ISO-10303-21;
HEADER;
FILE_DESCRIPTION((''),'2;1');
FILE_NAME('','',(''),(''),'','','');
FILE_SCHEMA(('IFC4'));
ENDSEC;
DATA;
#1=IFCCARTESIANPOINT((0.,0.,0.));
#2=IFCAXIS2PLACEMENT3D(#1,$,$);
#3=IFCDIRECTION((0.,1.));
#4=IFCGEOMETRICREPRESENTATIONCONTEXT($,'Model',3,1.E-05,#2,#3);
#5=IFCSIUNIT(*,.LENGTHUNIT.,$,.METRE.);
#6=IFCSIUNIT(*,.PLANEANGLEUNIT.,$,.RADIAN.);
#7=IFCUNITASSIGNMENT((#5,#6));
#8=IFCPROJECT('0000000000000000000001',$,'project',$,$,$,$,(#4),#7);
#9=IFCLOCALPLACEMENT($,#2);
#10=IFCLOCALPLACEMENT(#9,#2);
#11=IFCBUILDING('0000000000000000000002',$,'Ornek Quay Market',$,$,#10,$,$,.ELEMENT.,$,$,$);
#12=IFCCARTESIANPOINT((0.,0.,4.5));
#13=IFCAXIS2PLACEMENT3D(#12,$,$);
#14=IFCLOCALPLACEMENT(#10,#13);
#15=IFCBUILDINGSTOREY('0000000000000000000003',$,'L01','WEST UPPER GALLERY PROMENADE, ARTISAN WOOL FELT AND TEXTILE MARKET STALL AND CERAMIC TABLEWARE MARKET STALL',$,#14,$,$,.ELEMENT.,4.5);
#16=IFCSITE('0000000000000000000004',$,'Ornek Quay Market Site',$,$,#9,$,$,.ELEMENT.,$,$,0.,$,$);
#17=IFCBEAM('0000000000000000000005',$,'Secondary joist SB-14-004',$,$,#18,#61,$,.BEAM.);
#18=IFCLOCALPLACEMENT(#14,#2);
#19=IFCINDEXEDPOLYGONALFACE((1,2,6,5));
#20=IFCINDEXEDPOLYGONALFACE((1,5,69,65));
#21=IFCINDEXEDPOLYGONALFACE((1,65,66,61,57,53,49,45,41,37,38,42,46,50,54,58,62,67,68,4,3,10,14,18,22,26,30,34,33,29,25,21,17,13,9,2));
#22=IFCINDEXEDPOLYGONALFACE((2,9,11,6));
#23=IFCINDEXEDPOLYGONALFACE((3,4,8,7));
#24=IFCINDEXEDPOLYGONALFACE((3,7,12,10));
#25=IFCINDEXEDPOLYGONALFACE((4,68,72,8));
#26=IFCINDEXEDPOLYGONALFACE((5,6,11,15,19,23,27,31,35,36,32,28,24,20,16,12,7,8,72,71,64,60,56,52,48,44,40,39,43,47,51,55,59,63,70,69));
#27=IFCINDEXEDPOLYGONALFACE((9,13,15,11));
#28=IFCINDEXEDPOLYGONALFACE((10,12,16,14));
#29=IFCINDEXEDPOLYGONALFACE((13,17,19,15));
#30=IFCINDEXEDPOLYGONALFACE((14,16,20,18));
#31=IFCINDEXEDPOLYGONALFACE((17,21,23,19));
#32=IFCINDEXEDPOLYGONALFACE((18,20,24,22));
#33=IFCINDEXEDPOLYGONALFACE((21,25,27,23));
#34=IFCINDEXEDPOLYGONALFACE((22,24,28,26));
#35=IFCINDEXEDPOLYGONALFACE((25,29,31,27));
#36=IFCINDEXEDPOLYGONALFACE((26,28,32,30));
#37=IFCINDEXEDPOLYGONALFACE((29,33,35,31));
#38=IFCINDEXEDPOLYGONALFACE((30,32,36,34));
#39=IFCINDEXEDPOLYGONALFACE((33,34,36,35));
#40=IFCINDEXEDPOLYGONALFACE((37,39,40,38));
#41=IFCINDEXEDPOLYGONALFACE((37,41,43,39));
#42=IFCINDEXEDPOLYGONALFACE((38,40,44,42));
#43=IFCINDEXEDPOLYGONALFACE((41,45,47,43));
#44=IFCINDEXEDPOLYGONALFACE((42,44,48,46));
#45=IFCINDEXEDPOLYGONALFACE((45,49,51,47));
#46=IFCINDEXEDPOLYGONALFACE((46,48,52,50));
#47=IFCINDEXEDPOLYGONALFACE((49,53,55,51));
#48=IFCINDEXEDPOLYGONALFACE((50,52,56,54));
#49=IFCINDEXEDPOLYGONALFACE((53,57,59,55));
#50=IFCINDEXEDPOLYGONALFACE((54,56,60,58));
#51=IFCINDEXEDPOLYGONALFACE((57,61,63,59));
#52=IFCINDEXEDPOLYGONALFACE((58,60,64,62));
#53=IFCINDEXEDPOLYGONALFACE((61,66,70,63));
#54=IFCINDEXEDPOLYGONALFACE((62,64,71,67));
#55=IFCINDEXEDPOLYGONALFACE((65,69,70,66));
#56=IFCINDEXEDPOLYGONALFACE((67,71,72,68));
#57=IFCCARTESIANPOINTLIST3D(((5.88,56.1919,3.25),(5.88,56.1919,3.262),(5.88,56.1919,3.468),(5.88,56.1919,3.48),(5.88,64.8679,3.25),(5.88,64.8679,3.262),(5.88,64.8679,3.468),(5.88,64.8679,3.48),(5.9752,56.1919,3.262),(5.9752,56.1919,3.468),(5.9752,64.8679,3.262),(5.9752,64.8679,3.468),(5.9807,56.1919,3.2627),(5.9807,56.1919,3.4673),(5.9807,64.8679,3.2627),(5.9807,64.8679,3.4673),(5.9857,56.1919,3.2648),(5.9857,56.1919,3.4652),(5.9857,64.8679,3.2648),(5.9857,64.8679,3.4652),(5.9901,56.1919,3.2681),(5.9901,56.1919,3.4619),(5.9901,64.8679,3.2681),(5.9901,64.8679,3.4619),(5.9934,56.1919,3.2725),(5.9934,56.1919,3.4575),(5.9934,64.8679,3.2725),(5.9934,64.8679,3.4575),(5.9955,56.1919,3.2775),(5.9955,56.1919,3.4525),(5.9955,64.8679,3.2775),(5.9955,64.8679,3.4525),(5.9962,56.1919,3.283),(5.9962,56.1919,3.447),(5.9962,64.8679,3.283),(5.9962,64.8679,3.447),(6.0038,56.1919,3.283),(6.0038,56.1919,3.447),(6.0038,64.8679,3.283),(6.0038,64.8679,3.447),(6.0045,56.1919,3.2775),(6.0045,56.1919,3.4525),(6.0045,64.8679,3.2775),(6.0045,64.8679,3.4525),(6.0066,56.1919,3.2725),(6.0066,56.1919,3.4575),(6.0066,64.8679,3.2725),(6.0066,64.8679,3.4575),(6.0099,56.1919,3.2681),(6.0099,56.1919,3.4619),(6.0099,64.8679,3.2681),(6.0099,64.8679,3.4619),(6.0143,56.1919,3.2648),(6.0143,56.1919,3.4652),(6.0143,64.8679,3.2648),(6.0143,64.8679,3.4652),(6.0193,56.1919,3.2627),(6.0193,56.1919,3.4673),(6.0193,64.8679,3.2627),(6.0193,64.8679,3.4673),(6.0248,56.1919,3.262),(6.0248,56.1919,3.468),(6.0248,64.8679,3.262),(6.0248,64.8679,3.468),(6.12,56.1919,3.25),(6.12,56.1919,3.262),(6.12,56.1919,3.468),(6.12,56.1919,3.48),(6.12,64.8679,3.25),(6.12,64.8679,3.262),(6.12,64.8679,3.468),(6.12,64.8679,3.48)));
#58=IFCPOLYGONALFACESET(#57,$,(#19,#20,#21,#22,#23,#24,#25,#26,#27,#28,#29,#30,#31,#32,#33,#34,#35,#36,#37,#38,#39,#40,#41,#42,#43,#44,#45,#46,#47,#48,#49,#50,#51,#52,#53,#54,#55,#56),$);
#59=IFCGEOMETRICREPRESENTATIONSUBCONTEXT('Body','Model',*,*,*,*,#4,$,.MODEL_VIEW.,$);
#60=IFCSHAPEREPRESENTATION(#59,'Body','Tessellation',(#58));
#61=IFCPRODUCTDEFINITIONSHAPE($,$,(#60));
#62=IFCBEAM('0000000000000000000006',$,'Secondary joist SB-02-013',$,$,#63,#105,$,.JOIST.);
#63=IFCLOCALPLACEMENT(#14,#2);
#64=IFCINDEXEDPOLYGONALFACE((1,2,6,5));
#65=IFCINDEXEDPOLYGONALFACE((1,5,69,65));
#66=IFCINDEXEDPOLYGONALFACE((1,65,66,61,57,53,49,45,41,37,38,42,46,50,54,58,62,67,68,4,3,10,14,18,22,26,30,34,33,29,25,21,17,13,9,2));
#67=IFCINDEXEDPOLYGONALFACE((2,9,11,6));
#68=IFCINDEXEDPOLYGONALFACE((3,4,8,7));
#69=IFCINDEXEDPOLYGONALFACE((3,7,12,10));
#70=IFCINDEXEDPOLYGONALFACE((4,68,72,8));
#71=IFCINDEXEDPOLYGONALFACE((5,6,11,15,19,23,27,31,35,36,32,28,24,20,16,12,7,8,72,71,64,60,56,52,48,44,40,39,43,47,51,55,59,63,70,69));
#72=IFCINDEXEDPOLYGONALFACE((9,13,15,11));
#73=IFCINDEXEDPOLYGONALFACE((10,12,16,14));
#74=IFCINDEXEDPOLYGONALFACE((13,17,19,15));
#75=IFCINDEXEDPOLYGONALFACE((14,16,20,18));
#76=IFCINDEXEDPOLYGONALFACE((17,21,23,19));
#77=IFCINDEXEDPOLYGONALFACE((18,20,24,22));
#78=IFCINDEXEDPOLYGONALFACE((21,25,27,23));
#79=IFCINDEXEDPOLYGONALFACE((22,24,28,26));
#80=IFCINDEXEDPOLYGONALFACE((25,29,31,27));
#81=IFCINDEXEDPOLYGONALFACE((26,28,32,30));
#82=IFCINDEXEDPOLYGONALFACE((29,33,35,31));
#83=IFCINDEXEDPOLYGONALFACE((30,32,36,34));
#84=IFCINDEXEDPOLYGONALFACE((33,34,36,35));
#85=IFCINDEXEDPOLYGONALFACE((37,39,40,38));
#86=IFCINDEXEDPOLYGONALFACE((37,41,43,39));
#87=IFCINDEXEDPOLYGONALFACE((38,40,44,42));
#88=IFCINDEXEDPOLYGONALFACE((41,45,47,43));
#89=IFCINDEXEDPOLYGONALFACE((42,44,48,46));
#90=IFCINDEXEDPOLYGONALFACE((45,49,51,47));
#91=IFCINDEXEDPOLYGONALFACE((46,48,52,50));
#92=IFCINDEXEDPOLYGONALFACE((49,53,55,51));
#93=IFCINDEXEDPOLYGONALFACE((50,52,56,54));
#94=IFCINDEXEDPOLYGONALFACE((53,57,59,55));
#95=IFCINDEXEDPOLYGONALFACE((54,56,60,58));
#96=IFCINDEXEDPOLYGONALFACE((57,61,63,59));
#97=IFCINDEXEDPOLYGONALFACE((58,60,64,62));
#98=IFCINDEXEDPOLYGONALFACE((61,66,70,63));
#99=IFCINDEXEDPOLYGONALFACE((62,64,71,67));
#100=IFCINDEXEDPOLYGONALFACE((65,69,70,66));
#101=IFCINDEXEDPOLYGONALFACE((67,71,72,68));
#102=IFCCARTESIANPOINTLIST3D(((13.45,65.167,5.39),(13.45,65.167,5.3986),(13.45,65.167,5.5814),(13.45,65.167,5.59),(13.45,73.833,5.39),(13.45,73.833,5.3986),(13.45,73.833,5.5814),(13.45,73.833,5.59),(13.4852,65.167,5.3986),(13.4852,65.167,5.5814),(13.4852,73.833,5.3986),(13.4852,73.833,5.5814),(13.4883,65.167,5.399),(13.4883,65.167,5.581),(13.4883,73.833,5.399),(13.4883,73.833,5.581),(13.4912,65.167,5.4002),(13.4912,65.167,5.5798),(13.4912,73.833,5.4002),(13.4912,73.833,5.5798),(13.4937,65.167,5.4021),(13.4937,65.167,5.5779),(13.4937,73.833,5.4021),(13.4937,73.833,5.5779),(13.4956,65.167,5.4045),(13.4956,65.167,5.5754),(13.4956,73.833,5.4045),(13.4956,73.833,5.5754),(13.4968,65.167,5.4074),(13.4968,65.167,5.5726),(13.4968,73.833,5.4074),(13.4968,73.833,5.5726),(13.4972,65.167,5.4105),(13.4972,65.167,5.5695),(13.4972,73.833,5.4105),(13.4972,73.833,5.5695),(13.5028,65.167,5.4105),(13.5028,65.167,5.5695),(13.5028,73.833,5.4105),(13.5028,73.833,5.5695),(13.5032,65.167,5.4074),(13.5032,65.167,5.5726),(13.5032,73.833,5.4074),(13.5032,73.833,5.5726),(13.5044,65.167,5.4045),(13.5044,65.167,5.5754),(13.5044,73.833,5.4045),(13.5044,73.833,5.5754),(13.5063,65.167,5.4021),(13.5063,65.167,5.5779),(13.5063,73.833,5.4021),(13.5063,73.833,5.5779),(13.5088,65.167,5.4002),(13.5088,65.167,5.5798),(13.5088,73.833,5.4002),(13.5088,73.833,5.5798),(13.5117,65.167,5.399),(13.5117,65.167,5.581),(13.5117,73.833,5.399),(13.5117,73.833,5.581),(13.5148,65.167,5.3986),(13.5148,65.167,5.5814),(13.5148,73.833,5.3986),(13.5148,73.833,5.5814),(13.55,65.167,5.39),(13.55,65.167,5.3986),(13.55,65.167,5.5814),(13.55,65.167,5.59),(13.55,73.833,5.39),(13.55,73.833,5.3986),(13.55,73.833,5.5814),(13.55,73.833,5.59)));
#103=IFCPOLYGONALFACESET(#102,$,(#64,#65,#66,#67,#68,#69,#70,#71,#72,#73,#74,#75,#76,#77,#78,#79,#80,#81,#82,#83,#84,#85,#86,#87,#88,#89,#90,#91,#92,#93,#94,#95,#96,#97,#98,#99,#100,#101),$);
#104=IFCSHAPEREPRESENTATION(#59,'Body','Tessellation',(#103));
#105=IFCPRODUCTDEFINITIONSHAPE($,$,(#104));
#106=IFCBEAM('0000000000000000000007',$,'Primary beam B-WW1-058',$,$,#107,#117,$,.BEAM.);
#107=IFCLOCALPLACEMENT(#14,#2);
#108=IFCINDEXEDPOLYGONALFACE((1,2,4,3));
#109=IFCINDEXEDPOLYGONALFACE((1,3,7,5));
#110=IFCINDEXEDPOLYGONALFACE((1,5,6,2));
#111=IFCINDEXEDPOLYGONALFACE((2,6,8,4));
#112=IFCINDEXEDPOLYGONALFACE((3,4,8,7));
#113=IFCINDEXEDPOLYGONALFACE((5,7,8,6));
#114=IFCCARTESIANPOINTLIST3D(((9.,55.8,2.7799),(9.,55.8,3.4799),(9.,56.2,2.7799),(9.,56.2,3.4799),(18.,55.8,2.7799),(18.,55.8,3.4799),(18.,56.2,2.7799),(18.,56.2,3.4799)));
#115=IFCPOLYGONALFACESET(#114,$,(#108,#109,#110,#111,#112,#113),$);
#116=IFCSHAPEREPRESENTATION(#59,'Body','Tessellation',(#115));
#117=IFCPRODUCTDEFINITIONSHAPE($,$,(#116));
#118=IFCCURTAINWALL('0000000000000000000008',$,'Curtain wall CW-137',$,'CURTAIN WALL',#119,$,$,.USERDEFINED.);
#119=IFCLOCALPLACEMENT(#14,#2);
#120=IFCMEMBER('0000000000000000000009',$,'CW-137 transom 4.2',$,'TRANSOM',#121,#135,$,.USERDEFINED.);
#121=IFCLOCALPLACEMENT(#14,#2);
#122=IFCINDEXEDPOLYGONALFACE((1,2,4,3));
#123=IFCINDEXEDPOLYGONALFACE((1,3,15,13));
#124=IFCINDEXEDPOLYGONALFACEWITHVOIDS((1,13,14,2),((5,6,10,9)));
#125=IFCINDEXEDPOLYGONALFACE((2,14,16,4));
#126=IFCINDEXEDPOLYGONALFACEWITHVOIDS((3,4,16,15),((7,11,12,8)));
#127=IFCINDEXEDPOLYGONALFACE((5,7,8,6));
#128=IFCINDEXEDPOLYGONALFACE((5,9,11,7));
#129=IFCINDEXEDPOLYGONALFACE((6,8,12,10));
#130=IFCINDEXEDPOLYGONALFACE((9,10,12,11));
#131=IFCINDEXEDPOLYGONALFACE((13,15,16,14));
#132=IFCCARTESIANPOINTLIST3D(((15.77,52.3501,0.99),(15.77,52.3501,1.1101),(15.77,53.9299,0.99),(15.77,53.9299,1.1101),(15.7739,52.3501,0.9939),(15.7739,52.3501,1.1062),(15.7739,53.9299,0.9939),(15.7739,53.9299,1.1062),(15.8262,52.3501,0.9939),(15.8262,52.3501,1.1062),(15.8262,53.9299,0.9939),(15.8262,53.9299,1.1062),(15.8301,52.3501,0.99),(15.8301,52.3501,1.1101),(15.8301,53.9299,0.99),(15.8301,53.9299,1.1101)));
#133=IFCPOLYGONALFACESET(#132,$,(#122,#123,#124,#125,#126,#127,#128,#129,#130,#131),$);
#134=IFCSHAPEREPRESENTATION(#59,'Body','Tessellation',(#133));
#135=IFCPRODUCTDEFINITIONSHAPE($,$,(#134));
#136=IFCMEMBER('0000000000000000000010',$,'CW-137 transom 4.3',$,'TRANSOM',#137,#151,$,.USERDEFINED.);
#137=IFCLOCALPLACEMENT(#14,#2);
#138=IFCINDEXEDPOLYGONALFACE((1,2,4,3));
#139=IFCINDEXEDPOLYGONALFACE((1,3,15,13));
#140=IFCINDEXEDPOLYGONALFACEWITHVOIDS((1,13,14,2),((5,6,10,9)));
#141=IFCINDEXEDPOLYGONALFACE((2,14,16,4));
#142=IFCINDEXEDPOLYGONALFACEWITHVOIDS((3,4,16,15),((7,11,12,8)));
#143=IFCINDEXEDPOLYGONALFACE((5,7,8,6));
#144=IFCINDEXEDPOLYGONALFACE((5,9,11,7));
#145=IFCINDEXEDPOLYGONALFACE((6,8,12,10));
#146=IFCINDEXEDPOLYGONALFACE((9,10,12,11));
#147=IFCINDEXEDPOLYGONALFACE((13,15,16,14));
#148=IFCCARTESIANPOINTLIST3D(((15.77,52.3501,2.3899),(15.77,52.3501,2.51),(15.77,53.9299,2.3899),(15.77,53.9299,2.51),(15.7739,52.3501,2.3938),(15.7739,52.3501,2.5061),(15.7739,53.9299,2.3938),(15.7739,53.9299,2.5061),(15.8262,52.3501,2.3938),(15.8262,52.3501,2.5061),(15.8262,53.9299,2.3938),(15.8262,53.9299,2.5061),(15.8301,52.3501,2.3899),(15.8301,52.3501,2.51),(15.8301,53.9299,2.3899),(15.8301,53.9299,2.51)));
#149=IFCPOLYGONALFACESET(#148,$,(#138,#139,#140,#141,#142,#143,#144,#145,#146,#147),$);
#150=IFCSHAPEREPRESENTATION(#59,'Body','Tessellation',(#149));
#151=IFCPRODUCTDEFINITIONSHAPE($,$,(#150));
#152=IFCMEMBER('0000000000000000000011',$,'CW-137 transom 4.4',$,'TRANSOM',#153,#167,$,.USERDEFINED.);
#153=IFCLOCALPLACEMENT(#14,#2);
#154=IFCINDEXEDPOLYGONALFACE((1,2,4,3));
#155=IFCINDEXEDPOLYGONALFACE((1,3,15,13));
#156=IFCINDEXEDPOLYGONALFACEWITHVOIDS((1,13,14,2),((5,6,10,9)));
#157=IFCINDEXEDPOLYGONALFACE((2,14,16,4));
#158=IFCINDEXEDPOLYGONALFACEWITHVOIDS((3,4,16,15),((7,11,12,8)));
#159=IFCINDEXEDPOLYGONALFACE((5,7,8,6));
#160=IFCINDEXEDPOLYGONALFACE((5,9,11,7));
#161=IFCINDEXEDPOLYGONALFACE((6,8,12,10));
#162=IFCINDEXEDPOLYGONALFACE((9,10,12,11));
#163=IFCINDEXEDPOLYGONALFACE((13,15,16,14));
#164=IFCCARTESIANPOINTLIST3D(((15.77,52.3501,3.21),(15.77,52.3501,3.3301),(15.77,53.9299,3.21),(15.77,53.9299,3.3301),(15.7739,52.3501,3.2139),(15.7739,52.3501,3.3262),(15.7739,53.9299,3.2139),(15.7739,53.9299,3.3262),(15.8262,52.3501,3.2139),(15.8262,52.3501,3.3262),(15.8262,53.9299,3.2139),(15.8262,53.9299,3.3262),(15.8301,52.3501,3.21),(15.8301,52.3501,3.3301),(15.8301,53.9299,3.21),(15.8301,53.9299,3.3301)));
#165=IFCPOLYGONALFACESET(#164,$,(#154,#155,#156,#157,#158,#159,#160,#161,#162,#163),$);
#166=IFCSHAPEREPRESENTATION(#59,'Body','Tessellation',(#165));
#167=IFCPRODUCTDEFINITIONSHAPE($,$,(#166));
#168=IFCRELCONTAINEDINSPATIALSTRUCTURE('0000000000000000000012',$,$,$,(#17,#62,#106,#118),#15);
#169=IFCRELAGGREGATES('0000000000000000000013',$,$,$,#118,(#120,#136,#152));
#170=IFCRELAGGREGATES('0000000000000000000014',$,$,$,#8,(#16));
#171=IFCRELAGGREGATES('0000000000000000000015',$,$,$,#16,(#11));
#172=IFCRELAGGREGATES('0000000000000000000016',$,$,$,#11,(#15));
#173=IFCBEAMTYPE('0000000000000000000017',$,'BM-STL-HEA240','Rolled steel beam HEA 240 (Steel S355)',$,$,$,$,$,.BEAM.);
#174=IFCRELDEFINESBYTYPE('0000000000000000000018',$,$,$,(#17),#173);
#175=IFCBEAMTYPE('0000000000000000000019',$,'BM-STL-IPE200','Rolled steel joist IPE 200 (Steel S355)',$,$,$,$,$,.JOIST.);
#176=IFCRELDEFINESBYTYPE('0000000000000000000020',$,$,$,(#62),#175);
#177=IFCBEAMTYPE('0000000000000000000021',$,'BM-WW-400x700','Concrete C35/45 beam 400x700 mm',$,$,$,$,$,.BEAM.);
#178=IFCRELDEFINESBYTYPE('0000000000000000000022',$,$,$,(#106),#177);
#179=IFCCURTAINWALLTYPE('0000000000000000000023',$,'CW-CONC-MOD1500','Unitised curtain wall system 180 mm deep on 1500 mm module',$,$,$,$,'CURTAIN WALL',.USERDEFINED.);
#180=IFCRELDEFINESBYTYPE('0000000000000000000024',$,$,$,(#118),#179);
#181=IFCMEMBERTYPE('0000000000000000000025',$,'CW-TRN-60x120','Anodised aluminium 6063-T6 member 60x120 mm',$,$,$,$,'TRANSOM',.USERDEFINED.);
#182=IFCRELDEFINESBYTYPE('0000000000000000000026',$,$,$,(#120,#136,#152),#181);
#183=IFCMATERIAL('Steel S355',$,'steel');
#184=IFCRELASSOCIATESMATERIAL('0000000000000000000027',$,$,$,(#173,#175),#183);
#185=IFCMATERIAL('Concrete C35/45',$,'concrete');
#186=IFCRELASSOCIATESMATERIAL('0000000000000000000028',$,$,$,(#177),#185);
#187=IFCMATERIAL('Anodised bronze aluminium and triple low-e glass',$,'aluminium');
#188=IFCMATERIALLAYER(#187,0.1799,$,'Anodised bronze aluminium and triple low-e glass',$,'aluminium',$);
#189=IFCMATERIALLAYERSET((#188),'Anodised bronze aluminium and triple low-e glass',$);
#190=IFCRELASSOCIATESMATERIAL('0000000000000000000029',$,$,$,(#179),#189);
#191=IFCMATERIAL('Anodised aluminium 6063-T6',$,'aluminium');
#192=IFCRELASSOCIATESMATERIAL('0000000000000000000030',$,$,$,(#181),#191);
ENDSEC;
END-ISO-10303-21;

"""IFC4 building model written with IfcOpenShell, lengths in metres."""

from ifc_helpers import new_model, si_unit, direction, frame, origin, origin_2d, place, context, subcontext, project, spatial, rectangle, hollow_rectangle, i_section, extrude, material, layer, layer_set, material_profile, profile_set, type_object, element, aggregate, save


model = new_model("IFC4")

# Units and contexts
model_context = context("Model", 3, precision=1e-05, world=origin(), true_north=direction((0.0, 1.0)))
body_context = subcontext(model_context, "Body", "Model", "MODEL_VIEW")
ifc_project = project(units=[si_unit("LENGTHUNIT", "METRE"), si_unit("PLANEANGLEUNIT", "RADIAN")], contexts=[model_context])

# Site, building, storey
site_placement = place(None, origin())
site = spatial("IfcSite", under=ifc_project, at=site_placement, Name="Ornek Quay Market Site", CompositionType="ELEMENT", RefElevation=0.0)
building_placement = place(site_placement, origin())
building = spatial("IfcBuilding", under=site, at=building_placement, Name="Ornek Quay Market", CompositionType="ELEMENT")
storey_placement = place(building_placement, frame((0.0, 0.0, 4.5)))
storey = spatial("IfcBuildingStorey", under=building, at=storey_placement, Name="L01", Description="WEST UPPER GALLERY PROMENADE, ARTISAN WOOL FELT AND TEXTILE MARKET STALL AND CERAMIC TABLEWARE MARKET STALL", CompositionType="ELEMENT", Elevation=4.5)

# Beams
ifc_material_1 = material(Name="Concrete C35/45", Category="concrete")
ifc_material_2 = material(Name="Steel S355", Category="steel")
ifc_material_profile_1 = material_profile(ifc_material_2, i_section(OverallWidth=0.24, OverallDepth=0.23, WebThickness=0.0076, FlangeThickness=0.012, FilletRadius=0.021, at=origin_2d()), Name="HEA 240", Category="steel")
ifc_profile_set_1 = profile_set([ifc_material_profile_1], Name="Steel S355")
beam_type_1 = type_object("IfcBeamType", Name="BM-STL-HEA240", Description="Rolled steel beam HEA 240 (Steel S355)", PredefinedType="BEAM", material=ifc_profile_set_1)
for number, where, z_axis, x_axis, name in (
    (1, (6.0, 56.1919, 3.365), (0.0, 1.0, 0.0), (-1.0, 0.0, 0.0), "Secondary joist SB-14-004"),
):
    element("IfcBeam", number, at=place(storey_placement, frame(where, z_axis=z_axis, x_axis=x_axis)), inside=storey, type_object=beam_type_1, Name=name, PredefinedType="BEAM", context=body_context, shape_type="SweptSolid", body=[
        extrude(i_section(OverallWidth=0.24, OverallDepth=0.23, WebThickness=0.0076, FlangeThickness=0.012, FilletRadius=0.021, at=origin_2d()), origin(), (0.0, 0.0, 1.0), 8.676),
    ])
ifc_material_profile_2 = material_profile(ifc_material_2, i_section(OverallWidth=0.1001, OverallDepth=0.2, WebThickness=0.0056, FlangeThickness=0.0085, FilletRadius=0.012, at=origin_2d()), Name="IPE 200", Category="steel")
ifc_profile_set_2 = profile_set([ifc_material_profile_2], Name="Steel S355")
beam_type_2 = type_object("IfcBeamType", Name="BM-STL-IPE200", Description="Rolled steel joist IPE 200 (Steel S355)", PredefinedType="JOIST", material=ifc_profile_set_2)
beam_1_placement = place(storey_placement, frame((13.5, 65.167, 5.49), z_axis=(0.0, 1.0, 0.0), x_axis=(-1.0, 0.0, 0.0)))
element("IfcBeam", 2, at=beam_1_placement, inside=storey, type_object=beam_type_2, Name="Secondary joist SB-02-013", PredefinedType="JOIST", context=body_context, shape_type="SweptSolid", body=[
    extrude(i_section(OverallWidth=0.1001, OverallDepth=0.2, WebThickness=0.0056, FlangeThickness=0.0085, FilletRadius=0.012, at=origin_2d()), origin(), (0.0, 0.0, 1.0), 8.666),
])
ifc_material_profile_3 = material_profile(ifc_material_1, rectangle(XDim=0.3999, YDim=0.7, at=origin_2d()), Name="RC 400x700", Category="concrete")
ifc_profile_set_3 = profile_set([ifc_material_profile_3], Name="Concrete C35/45")
beam_type_3 = type_object("IfcBeamType", Name="BM-WW-400x700", Description="Concrete C35/45 beam 400x700 mm", PredefinedType="BEAM", material=ifc_profile_set_3)
beam_2_placement = place(storey_placement, frame((9.0, 56.0, 3.1299), z_axis=(1.0, 0.0, 0.0), x_axis=(0.0, 1.0, 0.0)))
element("IfcBeam", 3, at=beam_2_placement, inside=storey, type_object=beam_type_3, Name="Primary beam B-WW1-058", PredefinedType="BEAM", context=body_context, shape_type="SweptSolid", body=[
    extrude(rectangle(XDim=0.3999, YDim=0.7, at=origin_2d()), origin(), (0.0, 0.0, 1.0), 9.0),
])

# Curtain wall, members
ifc_material_3 = material(Name="Anodised bronze aluminium and triple low-e glass", Category="aluminium")
ifc_layer_1 = layer(ifc_material_3, 0.1799, Name="Anodised bronze aluminium and triple low-e glass", Category="aluminium")
ifc_layer_set_1 = layer_set([ifc_layer_1], Name="Anodised bronze aluminium and triple low-e glass")
curtain_wall_type = type_object("IfcCurtainWallType", Name="CW-CONC-MOD1500", Description="Unitised curtain wall system 180 mm deep on 1500 mm module", ElementType="CURTAIN WALL", PredefinedType="USERDEFINED", material=ifc_layer_set_1)
curtain_wall_placement = place(storey_placement, origin())
curtain_wall = element("IfcCurtainWall", 4, at=curtain_wall_placement, inside=storey, type_object=curtain_wall_type, Name="Curtain wall CW-137", ObjectType="CURTAIN WALL", PredefinedType="USERDEFINED")
ifc_material_4 = material(Name="Anodised aluminium 6063-T6", Category="aluminium")
ifc_material_profile_4 = material_profile(ifc_material_4, hollow_rectangle(XDim=0.0601, YDim=0.1201, WallThickness=0.0039, at=origin_2d()), Name="CW-TRN-60x120", Category="aluminium")
ifc_profile_set_4 = profile_set([ifc_material_profile_4], Name="Anodised aluminium 6063-T6")
member_type = type_object("IfcMemberType", Name="CW-TRN-60x120", Description="Anodised aluminium 6063-T6 member 60x120 mm", ElementType="TRANSOM", PredefinedType="USERDEFINED", material=ifc_profile_set_4)
member_1_placement = place(storey_placement, frame((15.8, 52.3501, 1.05), z_axis=(0.0, 1.0, 0.0), x_axis=(-1.0, 0.0, 0.0)))
member_1 = element("IfcMember", 5, at=member_1_placement, type_object=member_type, Name="CW-137 transom 4.2", ObjectType="TRANSOM", PredefinedType="USERDEFINED", context=body_context, shape_type="SweptSolid", body=[
    extrude(hollow_rectangle(XDim=0.0601, YDim=0.1201, WallThickness=0.0039, at=origin_2d()), origin(), (0.0, 0.0, 1.0), 1.5798),
])
member_2_placement = place(storey_placement, frame((15.8, 52.3501, 2.45), z_axis=(0.0, 1.0, 0.0), x_axis=(-1.0, 0.0, 0.0)))
member_2 = element("IfcMember", 6, at=member_2_placement, type_object=member_type, Name="CW-137 transom 4.3", ObjectType="TRANSOM", PredefinedType="USERDEFINED", context=body_context, shape_type="SweptSolid", body=[
    extrude(hollow_rectangle(XDim=0.0601, YDim=0.1201, WallThickness=0.0039, at=origin_2d()), origin(), (0.0, 0.0, 1.0), 1.5798),
])
member_3_placement = place(storey_placement, frame((15.8, 52.3501, 3.27), z_axis=(0.0, 1.0, 0.0), x_axis=(-1.0, 0.0, 0.0)))
member_3 = element("IfcMember", 7, at=member_3_placement, type_object=member_type, Name="CW-137 transom 4.4", ObjectType="TRANSOM", PredefinedType="USERDEFINED", context=body_context, shape_type="SweptSolid", body=[
    extrude(hollow_rectangle(XDim=0.0601, YDim=0.1201, WallThickness=0.0039, at=origin_2d()), origin(), (0.0, 0.0, 1.0), 1.5798),
])
aggregate(curtain_wall, [member_1, member_2, member_3])

save(model, "model.ifc")
